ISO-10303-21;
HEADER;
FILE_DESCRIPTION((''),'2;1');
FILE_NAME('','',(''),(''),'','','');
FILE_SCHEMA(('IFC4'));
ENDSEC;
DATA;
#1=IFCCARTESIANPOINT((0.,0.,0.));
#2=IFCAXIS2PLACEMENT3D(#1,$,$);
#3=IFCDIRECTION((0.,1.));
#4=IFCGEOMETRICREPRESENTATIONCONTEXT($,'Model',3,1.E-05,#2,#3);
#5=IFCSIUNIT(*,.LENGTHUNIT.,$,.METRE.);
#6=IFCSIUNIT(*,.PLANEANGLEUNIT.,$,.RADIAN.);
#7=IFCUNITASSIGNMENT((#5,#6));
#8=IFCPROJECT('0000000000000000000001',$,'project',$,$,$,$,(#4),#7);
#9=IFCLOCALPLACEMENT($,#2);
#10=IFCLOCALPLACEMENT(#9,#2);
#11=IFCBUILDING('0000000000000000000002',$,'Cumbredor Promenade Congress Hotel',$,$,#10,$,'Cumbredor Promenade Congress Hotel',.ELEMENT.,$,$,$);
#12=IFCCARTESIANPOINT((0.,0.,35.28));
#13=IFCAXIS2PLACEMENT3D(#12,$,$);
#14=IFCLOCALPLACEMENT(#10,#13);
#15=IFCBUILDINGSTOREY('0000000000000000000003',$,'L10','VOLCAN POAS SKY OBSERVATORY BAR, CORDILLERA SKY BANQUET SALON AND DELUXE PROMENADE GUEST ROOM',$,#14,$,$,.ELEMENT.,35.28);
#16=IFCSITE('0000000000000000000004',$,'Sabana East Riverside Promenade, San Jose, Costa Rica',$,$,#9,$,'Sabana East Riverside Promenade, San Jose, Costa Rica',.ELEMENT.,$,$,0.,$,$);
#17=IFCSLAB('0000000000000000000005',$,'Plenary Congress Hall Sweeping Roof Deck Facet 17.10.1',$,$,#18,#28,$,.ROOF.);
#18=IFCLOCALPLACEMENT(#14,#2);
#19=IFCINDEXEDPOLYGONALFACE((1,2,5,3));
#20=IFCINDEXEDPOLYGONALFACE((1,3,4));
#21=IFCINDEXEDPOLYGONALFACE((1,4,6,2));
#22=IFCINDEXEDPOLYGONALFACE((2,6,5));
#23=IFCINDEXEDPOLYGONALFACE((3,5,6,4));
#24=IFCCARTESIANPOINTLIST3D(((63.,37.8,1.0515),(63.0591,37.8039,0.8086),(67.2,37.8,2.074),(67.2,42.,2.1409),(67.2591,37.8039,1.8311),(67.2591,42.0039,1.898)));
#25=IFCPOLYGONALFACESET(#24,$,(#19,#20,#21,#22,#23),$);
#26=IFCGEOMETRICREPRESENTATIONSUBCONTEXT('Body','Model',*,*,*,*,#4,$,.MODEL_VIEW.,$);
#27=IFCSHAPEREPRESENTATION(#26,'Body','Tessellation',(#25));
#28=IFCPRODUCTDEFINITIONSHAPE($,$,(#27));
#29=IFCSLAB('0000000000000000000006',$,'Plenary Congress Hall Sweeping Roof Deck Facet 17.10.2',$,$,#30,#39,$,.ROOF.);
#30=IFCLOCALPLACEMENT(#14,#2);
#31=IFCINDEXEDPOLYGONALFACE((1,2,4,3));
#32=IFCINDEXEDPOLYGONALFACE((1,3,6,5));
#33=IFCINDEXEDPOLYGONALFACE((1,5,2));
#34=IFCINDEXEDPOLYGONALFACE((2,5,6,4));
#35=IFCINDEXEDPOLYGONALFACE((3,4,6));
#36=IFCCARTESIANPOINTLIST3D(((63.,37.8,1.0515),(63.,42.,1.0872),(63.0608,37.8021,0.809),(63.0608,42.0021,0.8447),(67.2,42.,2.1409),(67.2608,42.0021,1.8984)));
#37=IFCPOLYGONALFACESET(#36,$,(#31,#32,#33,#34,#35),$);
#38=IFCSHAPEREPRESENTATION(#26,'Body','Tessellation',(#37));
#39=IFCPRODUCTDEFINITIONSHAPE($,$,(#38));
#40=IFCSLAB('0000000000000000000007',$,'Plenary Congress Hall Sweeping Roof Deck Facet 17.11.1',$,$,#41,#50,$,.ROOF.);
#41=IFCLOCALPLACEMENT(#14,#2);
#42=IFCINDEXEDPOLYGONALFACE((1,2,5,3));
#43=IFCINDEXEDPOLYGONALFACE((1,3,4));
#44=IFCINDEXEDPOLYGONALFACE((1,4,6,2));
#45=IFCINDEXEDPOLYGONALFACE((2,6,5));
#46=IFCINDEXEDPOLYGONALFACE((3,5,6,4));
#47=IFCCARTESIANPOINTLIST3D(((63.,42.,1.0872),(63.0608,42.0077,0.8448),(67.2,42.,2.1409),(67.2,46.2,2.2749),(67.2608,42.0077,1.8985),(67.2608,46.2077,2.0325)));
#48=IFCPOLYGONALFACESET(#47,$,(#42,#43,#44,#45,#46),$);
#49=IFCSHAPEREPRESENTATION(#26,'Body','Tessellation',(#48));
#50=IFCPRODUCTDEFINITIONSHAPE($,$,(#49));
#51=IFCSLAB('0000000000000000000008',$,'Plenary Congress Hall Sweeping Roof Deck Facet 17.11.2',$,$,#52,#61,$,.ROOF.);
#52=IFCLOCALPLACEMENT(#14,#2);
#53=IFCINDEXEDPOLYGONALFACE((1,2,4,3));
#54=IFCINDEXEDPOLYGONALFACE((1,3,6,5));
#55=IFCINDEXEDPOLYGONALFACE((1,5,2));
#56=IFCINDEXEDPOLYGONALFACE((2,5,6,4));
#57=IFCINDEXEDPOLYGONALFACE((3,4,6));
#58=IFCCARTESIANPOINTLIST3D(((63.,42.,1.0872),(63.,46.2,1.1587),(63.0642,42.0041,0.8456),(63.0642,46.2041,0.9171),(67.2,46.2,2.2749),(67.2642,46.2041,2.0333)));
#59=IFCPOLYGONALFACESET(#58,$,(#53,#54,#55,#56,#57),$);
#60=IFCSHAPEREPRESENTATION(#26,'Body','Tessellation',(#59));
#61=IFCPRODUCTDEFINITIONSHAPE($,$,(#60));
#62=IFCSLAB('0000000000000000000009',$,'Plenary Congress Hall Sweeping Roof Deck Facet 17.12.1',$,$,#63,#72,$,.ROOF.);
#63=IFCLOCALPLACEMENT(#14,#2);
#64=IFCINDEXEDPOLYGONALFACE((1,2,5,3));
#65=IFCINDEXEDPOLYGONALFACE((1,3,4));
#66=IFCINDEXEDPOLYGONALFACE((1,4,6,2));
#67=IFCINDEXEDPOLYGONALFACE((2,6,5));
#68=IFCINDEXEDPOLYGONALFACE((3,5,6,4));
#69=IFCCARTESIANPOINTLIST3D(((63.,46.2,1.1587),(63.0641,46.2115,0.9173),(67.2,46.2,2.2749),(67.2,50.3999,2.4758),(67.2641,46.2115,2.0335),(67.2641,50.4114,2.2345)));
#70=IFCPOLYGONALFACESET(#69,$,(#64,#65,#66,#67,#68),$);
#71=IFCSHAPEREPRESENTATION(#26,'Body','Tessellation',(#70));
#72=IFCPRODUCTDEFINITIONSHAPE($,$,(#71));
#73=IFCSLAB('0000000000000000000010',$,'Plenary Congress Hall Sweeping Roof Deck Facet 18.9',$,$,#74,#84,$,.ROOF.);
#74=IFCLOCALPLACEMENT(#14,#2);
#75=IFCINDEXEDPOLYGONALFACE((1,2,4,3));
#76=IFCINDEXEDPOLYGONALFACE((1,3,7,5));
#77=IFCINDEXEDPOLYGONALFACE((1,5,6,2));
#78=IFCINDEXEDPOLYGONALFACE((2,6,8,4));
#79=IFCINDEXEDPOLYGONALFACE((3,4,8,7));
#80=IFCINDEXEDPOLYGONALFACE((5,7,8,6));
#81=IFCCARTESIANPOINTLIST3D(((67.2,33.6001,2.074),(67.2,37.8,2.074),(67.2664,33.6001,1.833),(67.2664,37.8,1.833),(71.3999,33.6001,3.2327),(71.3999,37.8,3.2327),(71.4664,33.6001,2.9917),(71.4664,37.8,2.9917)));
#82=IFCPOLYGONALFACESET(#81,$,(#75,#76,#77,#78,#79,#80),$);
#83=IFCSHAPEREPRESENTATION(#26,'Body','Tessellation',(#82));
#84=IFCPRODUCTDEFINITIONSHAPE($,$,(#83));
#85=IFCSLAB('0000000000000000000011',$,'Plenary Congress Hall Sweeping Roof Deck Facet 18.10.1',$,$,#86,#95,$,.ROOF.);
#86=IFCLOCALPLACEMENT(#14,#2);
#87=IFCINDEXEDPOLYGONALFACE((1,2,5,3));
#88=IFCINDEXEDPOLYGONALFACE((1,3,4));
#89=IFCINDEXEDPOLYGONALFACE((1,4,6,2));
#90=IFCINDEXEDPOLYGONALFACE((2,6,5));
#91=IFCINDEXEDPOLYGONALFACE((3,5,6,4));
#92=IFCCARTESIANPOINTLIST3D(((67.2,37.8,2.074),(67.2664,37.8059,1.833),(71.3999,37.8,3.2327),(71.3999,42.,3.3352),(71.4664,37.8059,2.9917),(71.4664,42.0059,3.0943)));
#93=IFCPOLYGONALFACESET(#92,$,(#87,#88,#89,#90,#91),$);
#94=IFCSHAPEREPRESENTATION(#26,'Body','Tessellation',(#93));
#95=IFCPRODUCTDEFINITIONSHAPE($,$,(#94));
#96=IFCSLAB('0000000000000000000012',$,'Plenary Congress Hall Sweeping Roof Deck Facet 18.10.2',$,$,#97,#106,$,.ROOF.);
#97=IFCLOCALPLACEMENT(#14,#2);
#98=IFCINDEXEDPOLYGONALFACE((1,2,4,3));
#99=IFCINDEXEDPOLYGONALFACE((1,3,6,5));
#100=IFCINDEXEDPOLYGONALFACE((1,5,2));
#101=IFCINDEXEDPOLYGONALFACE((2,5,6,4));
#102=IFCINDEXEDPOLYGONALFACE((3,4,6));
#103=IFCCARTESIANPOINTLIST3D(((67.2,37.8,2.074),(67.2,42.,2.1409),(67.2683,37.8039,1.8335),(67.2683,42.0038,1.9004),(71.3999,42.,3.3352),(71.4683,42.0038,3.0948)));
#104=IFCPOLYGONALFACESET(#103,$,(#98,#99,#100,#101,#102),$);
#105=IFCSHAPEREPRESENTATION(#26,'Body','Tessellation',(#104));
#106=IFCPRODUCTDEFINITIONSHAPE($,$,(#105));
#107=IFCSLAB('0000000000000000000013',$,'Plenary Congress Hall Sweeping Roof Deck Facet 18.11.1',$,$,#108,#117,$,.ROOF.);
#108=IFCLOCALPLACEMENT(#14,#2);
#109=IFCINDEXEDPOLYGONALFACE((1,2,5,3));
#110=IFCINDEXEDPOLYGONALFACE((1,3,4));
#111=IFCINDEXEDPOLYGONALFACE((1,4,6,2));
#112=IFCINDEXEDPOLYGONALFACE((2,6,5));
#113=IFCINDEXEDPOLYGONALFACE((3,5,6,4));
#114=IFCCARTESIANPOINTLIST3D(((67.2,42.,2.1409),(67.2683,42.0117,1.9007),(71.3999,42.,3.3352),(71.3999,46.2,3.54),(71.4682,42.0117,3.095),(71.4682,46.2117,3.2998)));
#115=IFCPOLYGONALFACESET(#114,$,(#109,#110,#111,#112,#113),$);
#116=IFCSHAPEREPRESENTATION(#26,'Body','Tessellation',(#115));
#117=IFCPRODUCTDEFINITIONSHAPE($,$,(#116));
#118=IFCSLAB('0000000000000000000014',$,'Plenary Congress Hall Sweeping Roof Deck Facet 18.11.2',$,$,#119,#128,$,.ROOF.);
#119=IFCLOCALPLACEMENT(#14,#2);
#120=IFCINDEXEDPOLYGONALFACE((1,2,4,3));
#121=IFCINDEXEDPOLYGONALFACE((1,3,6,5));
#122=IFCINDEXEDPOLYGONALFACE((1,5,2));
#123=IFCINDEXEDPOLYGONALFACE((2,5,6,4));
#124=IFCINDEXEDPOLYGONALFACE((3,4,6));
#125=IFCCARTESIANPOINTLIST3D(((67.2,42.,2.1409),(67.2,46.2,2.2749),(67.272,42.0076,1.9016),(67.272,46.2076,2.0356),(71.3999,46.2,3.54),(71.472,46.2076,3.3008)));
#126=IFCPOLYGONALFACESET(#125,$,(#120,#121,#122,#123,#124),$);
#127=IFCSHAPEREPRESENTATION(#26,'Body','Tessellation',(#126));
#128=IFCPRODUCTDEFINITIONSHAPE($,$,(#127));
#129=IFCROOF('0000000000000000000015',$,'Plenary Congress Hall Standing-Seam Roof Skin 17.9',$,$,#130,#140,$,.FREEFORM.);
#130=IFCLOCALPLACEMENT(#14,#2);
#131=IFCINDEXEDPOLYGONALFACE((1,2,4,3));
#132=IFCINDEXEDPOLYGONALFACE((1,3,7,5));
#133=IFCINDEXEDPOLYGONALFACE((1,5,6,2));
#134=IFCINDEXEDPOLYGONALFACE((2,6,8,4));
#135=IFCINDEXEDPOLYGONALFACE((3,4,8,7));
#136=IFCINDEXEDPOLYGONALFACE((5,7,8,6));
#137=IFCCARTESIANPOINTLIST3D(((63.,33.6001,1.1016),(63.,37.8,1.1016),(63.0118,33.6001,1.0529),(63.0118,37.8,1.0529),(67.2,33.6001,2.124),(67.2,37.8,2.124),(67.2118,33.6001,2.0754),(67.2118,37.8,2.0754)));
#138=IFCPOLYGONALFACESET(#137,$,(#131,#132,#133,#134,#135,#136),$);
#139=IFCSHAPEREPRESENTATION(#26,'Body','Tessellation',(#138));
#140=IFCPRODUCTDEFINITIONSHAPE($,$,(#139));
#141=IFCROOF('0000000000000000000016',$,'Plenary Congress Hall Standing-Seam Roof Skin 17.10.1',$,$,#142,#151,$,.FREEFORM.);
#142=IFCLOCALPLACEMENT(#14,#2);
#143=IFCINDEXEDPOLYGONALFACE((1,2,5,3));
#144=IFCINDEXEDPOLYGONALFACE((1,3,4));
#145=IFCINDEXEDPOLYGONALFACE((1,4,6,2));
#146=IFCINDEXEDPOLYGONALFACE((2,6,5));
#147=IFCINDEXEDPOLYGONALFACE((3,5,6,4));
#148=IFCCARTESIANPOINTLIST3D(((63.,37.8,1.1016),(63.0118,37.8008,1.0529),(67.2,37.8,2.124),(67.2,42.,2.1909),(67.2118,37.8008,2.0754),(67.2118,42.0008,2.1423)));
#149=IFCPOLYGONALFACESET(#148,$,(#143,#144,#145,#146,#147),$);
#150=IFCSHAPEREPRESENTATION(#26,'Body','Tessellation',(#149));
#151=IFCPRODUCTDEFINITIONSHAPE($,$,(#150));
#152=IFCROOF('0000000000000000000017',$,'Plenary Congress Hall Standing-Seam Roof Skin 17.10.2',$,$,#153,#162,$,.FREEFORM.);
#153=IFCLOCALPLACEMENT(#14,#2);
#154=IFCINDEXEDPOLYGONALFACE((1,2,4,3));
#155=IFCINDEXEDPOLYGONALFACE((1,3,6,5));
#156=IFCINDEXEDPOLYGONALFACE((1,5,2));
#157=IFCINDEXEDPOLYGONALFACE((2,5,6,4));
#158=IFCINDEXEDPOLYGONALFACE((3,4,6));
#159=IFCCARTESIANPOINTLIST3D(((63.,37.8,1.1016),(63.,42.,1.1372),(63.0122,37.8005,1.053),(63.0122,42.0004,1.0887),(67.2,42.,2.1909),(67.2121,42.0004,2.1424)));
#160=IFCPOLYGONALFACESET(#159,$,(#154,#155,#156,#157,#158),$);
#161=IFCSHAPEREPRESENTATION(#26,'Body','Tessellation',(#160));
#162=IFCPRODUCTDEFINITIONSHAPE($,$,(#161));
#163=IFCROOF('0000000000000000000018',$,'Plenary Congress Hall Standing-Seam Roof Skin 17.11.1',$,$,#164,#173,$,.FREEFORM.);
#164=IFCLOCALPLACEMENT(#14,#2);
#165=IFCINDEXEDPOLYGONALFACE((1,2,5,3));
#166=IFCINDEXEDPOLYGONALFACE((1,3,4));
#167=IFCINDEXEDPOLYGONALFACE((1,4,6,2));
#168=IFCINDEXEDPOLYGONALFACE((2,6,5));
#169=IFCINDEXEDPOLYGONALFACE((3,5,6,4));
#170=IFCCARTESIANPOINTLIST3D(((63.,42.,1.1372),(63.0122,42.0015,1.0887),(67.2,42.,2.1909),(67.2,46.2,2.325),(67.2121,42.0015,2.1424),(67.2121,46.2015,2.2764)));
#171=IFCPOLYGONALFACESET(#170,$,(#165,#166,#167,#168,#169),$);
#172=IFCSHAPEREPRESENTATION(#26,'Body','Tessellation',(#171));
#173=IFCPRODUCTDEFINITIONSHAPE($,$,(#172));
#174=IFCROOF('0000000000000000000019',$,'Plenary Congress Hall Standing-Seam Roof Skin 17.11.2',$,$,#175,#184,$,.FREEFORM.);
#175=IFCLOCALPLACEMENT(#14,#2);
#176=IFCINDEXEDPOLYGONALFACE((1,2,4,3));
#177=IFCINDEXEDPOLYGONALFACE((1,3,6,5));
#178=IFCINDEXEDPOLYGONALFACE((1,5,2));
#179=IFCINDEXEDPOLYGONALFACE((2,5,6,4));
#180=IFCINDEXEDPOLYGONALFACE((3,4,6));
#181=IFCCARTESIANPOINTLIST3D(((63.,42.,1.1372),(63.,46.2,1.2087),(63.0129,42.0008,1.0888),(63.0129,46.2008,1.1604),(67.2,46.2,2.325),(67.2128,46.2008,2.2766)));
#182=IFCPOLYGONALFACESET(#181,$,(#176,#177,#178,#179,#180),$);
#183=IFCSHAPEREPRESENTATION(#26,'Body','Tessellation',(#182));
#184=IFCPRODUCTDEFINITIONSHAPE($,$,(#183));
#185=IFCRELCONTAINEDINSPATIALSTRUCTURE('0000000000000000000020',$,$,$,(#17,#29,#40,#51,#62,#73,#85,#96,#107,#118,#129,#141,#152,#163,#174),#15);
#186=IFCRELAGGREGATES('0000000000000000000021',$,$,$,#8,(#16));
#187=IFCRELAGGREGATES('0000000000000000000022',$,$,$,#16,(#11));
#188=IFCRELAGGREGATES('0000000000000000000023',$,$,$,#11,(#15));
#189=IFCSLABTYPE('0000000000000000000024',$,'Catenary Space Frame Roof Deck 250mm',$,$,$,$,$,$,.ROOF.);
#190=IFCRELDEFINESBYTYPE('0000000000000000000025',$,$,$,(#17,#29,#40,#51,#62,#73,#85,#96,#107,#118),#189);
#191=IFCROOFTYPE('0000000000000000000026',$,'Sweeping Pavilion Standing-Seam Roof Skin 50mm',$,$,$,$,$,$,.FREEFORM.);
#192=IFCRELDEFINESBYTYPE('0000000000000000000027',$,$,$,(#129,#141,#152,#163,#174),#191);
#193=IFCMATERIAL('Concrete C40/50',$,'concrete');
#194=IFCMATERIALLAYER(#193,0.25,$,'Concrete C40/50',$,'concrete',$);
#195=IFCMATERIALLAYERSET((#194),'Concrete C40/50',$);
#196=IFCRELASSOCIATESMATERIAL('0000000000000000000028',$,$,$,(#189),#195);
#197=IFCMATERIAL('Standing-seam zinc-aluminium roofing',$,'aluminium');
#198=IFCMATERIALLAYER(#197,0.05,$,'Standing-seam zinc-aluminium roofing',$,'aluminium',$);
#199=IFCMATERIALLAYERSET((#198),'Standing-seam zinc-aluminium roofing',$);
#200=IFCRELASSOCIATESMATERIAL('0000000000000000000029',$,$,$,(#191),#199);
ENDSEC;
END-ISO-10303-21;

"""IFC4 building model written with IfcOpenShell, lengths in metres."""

from ifc_helpers import new_model, si_unit, direction, frame, origin, place, context, subcontext, project, spatial, polyline, outline, extrude, material, layer, layer_set, type_object, element, save


model = new_model("IFC4")

# Units and contexts
model_context = context("Model", 3, precision=1e-05, world=origin(), true_north=direction((0.0, 1.0)))
body_context = subcontext(model_context, "Body", "Model", "MODEL_VIEW")
ifc_project = project(units=[si_unit("LENGTHUNIT", "METRE"), si_unit("PLANEANGLEUNIT", "RADIAN")], contexts=[model_context])

# Site, building, storey
site_placement = place(None, origin())
site = spatial("IfcSite", under=ifc_project, at=site_placement, Name="Sabana East Riverside Promenade, San Jose, Costa Rica", LongName="Sabana East Riverside Promenade, San Jose, Costa Rica", CompositionType="ELEMENT", RefElevation=0.0)
building_placement = place(site_placement, origin())
building = spatial("IfcBuilding", under=site, at=building_placement, Name="Cumbredor Promenade Congress Hotel", LongName="Cumbredor Promenade Congress Hotel", CompositionType="ELEMENT")
storey_placement = place(building_placement, frame((0.0, 0.0, 35.28)))
storey = spatial("IfcBuildingStorey", under=building, at=storey_placement, Name="L10", Description="VOLCAN POAS SKY OBSERVATORY BAR, CORDILLERA SKY BANQUET SALON AND DELUXE PROMENADE GUEST ROOM", CompositionType="ELEMENT", Elevation=35.28)

# Slabs
ifc_material_1 = material(Name="Concrete C40/50", Category="concrete")
ifc_layer_1 = layer(ifc_material_1, 0.25, Name="Concrete C40/50", Category="concrete")
ifc_layer_set_1 = layer_set([ifc_layer_1], Name="Concrete C40/50")
slab_type = type_object("IfcSlabType", Name="Catenary Space Frame Roof Deck 250mm", PredefinedType="ROOF", material=ifc_layer_set_1)
slab_1_placement = place(storey_placement, frame((63.0, 37.8, 1.0515), z_axis=(-0.236509, -0.015474, 0.971506), x_axis=(0.971622, 0.0, 0.236537)))
element("IfcSlab", 1, at=slab_1_placement, inside=storey, type_object=slab_type, Name="Plenary Congress Hall Sweeping Roof Deck Facet 17.10.1", PredefinedType="ROOF", context=body_context, shape_type="SweptSolid", body=[
    extrude(outline(polyline([(0.0, 0.0), (4.3226, 0.0), (4.3384, 4.2005), (0.0, 0.0)])), origin(), (0.0, 0.0, -1.0), 0.25),
])
slab_2_placement = place(storey_placement, frame((63.0, 37.8, 1.0515), z_axis=(-0.243337, -0.008231, 0.969907), x_axis=(0.695506, 0.695506, 0.180396)))
element("IfcSlab", 2, at=slab_2_placement, inside=storey, type_object=slab_type, Name="Plenary Congress Hall Sweeping Roof Deck Facet 17.10.2", PredefinedType="ROOF", context=body_context, shape_type="SweptSolid", body=[
    extrude(outline(polyline([(0.0, 0.0), (6.0387, 0.0), (2.9275, 3.0117), (0.0, 0.0)])), origin(), (0.0, 0.0, -1.0), 0.25),
])
slab_3_placement = place(storey_placement, frame((63.0, 42.0, 1.0872), z_axis=(-0.243228, -0.030939, 0.969476), x_axis=(0.96994, 0.0, 0.243345)))
element("IfcSlab", 3, at=slab_3_placement, inside=storey, type_object=slab_type, Name="Plenary Congress Hall Sweeping Roof Deck Facet 17.11.1", PredefinedType="ROOF", context=body_context, shape_type="SweptSolid", body=[
    extrude(outline(polyline([(0.0, 0.0), (4.3301, 0.0), (4.3627, 4.202), (0.0, 0.0)])), origin(), (0.0, 0.0, -1.0), 0.25),
])
slab_4_placement = place(storey_placement, frame((63.0, 42.0, 1.0872), z_axis=(-0.256817, -0.016458, 0.96632), x_axis=(0.693379, 0.693379, 0.196087)))
element("IfcSlab", 4, at=slab_4_placement, inside=storey, type_object=slab_type, Name="Plenary Congress Hall Sweeping Roof Deck Facet 17.11.2", PredefinedType="ROOF", context=body_context, shape_type="SweptSolid", body=[
    extrude(outline(polyline([(0.0, 0.0), (6.0572, 0.0), (2.9262, 3.0137), (0.0, 0.0)])), origin(), (0.0, 0.0, -1.0), 0.25),
])
slab_5_placement = place(storey_placement, frame((63.0, 46.2, 1.1587), z_axis=(-0.256577, -0.046186, 0.96542), x_axis=(0.966451, 0.0, 0.256851)))
element("IfcSlab", 5, at=slab_5_placement, inside=storey, type_object=slab_type, Name="Plenary Congress Hall Sweeping Roof Deck Facet 17.12.1", PredefinedType="ROOF", context=body_context, shape_type="SweptSolid", body=[
    extrude(outline(polyline([(0.0, 0.0), (4.3457, 0.0), (4.3974, 4.2044), (0.0, 0.0)])), origin(), (0.0, 0.0, -1.0), 0.25),
])
slab_6_placement = place(storey_placement, frame((67.2, 33.6001, 2.074), z_axis=(-0.265947, 0.0, 0.963988), x_axis=(0.963988, 0.0, 0.265947)))
element("IfcSlab", 6, at=slab_6_placement, inside=storey, type_object=slab_type, Name="Plenary Congress Hall Sweeping Roof Deck Facet 18.9", PredefinedType="ROOF", context=body_context, shape_type="SweptSolid", body=[
    extrude(outline(polyline([(0.0, 0.0), (4.3569, 0.0), (4.3569, 4.2), (0.0, 4.2), (0.0, 0.0)])), origin(), (0.0, 0.0, -1.0), 0.25),
])
slab_7_placement = place(storey_placement, frame((67.2, 37.8, 2.074), z_axis=(-0.265873, -0.023529, 0.963721), x_axis=(0.963988, 0.0, 0.265947)))
element("IfcSlab", 7, at=slab_7_placement, inside=storey, type_object=slab_type, Name="Plenary Congress Hall Sweeping Roof Deck Facet 18.10.1", PredefinedType="ROOF", context=body_context, shape_type="SweptSolid", body=[
    extrude(outline(polyline([(0.0, 0.0), (4.3569, 0.0), (4.3841, 4.2011), (0.0, 0.0)])), origin(), (0.0, 0.0, -1.0), 0.25),
])
slab_8_placement = place(storey_placement, frame((67.2, 37.8, 2.074), z_axis=(-0.273493, -0.015318, 0.961752), x_axis=(0.691685, 0.691685, 0.207711)))
element("IfcSlab", 8, at=slab_8_placement, inside=storey, type_object=slab_type, Name="Plenary Congress Hall Sweeping Roof Deck Facet 18.10.2", PredefinedType="ROOF", context=body_context, shape_type="SweptSolid", body=[
    extrude(outline(polyline([(0.0, 0.0), (6.0721, 0.0), (2.9189, 3.0206), (0.0, 0.0)])), origin(), (0.0, 0.0, -1.0), 0.25),
])
slab_9_placement = place(storey_placement, frame((67.2, 42.0, 2.1409), z_axis=(-0.273224, -0.046859, 0.960808), x_axis=(0.961865, 0.0, 0.273525)))
element("IfcSlab", 9, at=slab_9_placement, inside=storey, type_object=slab_type, Name="Plenary Congress Hall Sweeping Roof Deck Facet 18.11.1", PredefinedType="ROOF", context=body_context, shape_type="SweptSolid", body=[
    extrude(outline(polyline([(0.0, 0.0), (4.3665, 0.0), (4.4225, 4.2046), (0.0, 0.0)])), origin(), (0.0, 0.0, -1.0), 0.25),
])
slab_10_placement = place(storey_placement, frame((67.2, 42.0, 2.1409), z_axis=(-0.288291, -0.030543, 0.957056), x_axis=(0.688268, 0.688268, 0.229289)))
element("IfcSlab", 10, at=slab_10_placement, inside=storey, type_object=slab_type, Name="Plenary Congress Hall Sweeping Roof Deck Facet 18.11.2", PredefinedType="ROOF", context=body_context, shape_type="SweptSolid", body=[
    extrude(outline(polyline([(0.0, 0.0), (6.1022, 0.0), (2.9214, 3.0204), (0.0, 0.0)])), origin(), (0.0, 0.0, -1.0), 0.25),
])

# Roofs
ifc_material_2 = material(Name="Standing-seam zinc-aluminium roofing", Category="aluminium")
ifc_layer_2 = layer(ifc_material_2, 0.05, Name="Standing-seam zinc-aluminium roofing", Category="aluminium")
ifc_layer_set_2 = layer_set([ifc_layer_2], Name="Standing-seam zinc-aluminium roofing")
roof_type = type_object("IfcRoofType", Name="Sweeping Pavilion Standing-Seam Roof Skin 50mm", PredefinedType="FREEFORM", material=ifc_layer_set_2)
roof_1_placement = place(storey_placement, frame((63.0, 33.6001, 1.1016), z_axis=(-0.236537, 0.0, 0.971622), x_axis=(0.971622, 0.0, 0.236537)))
element("IfcRoof", 11, at=roof_1_placement, inside=storey, type_object=roof_type, Name="Plenary Congress Hall Standing-Seam Roof Skin 17.9", PredefinedType="FREEFORM", context=body_context, shape_type="SweptSolid", body=[
    extrude(outline(polyline([(0.0, 0.0), (4.3226, 0.0), (4.3226, 4.2), (0.0, 4.2), (0.0, 0.0)])), origin(), (0.0, 0.0, -1.0), 0.05),
])
roof_2_placement = place(storey_placement, frame((63.0, 37.8, 1.1016), z_axis=(-0.236509, -0.015474, 0.971506), x_axis=(0.971622, 0.0, 0.236537)))
element("IfcRoof", 12, at=roof_2_placement, inside=storey, type_object=roof_type, Name="Plenary Congress Hall Standing-Seam Roof Skin 17.10.1", PredefinedType="FREEFORM", context=body_context, shape_type="SweptSolid", body=[
    extrude(outline(polyline([(0.0, 0.0), (4.3226, 0.0), (4.3384, 4.2005), (0.0, 0.0)])), origin(), (0.0, 0.0, -1.0), 0.05),
])
roof_3_placement = place(storey_placement, frame((63.0, 37.8, 1.1016), z_axis=(-0.243337, -0.008231, 0.969907), x_axis=(0.695506, 0.695506, 0.180396)))
element("IfcRoof", 13, at=roof_3_placement, inside=storey, type_object=roof_type, Name="Plenary Congress Hall Standing-Seam Roof Skin 17.10.2", PredefinedType="FREEFORM", context=body_context, shape_type="SweptSolid", body=[
    extrude(outline(polyline([(0.0, 0.0), (6.0387, 0.0), (2.9275, 3.0117), (0.0, 0.0)])), origin(), (0.0, 0.0, -1.0), 0.05),
])
roof_4_placement = place(storey_placement, frame((63.0, 42.0, 1.1372), z_axis=(-0.243228, -0.030939, 0.969476), x_axis=(0.96994, 0.0, 0.243345)))
element("IfcRoof", 14, at=roof_4_placement, inside=storey, type_object=roof_type, Name="Plenary Congress Hall Standing-Seam Roof Skin 17.11.1", PredefinedType="FREEFORM", context=body_context, shape_type="SweptSolid", body=[
    extrude(outline(polyline([(0.0, 0.0), (4.3301, 0.0), (4.3627, 4.202), (0.0, 0.0)])), origin(), (0.0, 0.0, -1.0), 0.05),
])
roof_5_placement = place(storey_placement, frame((63.0, 42.0, 1.1372), z_axis=(-0.256817, -0.016458, 0.96632), x_axis=(0.693379, 0.693379, 0.196087)))
element("IfcRoof", 15, at=roof_5_placement, inside=storey, type_object=roof_type, Name="Plenary Congress Hall Standing-Seam Roof Skin 17.11.2", PredefinedType="FREEFORM", context=body_context, shape_type="SweptSolid", body=[
    extrude(outline(polyline([(0.0, 0.0), (6.0572, 0.0), (2.9262, 3.0137), (0.0, 0.0)])), origin(), (0.0, 0.0, -1.0), 0.05),
])

save(model, "model.ifc")
